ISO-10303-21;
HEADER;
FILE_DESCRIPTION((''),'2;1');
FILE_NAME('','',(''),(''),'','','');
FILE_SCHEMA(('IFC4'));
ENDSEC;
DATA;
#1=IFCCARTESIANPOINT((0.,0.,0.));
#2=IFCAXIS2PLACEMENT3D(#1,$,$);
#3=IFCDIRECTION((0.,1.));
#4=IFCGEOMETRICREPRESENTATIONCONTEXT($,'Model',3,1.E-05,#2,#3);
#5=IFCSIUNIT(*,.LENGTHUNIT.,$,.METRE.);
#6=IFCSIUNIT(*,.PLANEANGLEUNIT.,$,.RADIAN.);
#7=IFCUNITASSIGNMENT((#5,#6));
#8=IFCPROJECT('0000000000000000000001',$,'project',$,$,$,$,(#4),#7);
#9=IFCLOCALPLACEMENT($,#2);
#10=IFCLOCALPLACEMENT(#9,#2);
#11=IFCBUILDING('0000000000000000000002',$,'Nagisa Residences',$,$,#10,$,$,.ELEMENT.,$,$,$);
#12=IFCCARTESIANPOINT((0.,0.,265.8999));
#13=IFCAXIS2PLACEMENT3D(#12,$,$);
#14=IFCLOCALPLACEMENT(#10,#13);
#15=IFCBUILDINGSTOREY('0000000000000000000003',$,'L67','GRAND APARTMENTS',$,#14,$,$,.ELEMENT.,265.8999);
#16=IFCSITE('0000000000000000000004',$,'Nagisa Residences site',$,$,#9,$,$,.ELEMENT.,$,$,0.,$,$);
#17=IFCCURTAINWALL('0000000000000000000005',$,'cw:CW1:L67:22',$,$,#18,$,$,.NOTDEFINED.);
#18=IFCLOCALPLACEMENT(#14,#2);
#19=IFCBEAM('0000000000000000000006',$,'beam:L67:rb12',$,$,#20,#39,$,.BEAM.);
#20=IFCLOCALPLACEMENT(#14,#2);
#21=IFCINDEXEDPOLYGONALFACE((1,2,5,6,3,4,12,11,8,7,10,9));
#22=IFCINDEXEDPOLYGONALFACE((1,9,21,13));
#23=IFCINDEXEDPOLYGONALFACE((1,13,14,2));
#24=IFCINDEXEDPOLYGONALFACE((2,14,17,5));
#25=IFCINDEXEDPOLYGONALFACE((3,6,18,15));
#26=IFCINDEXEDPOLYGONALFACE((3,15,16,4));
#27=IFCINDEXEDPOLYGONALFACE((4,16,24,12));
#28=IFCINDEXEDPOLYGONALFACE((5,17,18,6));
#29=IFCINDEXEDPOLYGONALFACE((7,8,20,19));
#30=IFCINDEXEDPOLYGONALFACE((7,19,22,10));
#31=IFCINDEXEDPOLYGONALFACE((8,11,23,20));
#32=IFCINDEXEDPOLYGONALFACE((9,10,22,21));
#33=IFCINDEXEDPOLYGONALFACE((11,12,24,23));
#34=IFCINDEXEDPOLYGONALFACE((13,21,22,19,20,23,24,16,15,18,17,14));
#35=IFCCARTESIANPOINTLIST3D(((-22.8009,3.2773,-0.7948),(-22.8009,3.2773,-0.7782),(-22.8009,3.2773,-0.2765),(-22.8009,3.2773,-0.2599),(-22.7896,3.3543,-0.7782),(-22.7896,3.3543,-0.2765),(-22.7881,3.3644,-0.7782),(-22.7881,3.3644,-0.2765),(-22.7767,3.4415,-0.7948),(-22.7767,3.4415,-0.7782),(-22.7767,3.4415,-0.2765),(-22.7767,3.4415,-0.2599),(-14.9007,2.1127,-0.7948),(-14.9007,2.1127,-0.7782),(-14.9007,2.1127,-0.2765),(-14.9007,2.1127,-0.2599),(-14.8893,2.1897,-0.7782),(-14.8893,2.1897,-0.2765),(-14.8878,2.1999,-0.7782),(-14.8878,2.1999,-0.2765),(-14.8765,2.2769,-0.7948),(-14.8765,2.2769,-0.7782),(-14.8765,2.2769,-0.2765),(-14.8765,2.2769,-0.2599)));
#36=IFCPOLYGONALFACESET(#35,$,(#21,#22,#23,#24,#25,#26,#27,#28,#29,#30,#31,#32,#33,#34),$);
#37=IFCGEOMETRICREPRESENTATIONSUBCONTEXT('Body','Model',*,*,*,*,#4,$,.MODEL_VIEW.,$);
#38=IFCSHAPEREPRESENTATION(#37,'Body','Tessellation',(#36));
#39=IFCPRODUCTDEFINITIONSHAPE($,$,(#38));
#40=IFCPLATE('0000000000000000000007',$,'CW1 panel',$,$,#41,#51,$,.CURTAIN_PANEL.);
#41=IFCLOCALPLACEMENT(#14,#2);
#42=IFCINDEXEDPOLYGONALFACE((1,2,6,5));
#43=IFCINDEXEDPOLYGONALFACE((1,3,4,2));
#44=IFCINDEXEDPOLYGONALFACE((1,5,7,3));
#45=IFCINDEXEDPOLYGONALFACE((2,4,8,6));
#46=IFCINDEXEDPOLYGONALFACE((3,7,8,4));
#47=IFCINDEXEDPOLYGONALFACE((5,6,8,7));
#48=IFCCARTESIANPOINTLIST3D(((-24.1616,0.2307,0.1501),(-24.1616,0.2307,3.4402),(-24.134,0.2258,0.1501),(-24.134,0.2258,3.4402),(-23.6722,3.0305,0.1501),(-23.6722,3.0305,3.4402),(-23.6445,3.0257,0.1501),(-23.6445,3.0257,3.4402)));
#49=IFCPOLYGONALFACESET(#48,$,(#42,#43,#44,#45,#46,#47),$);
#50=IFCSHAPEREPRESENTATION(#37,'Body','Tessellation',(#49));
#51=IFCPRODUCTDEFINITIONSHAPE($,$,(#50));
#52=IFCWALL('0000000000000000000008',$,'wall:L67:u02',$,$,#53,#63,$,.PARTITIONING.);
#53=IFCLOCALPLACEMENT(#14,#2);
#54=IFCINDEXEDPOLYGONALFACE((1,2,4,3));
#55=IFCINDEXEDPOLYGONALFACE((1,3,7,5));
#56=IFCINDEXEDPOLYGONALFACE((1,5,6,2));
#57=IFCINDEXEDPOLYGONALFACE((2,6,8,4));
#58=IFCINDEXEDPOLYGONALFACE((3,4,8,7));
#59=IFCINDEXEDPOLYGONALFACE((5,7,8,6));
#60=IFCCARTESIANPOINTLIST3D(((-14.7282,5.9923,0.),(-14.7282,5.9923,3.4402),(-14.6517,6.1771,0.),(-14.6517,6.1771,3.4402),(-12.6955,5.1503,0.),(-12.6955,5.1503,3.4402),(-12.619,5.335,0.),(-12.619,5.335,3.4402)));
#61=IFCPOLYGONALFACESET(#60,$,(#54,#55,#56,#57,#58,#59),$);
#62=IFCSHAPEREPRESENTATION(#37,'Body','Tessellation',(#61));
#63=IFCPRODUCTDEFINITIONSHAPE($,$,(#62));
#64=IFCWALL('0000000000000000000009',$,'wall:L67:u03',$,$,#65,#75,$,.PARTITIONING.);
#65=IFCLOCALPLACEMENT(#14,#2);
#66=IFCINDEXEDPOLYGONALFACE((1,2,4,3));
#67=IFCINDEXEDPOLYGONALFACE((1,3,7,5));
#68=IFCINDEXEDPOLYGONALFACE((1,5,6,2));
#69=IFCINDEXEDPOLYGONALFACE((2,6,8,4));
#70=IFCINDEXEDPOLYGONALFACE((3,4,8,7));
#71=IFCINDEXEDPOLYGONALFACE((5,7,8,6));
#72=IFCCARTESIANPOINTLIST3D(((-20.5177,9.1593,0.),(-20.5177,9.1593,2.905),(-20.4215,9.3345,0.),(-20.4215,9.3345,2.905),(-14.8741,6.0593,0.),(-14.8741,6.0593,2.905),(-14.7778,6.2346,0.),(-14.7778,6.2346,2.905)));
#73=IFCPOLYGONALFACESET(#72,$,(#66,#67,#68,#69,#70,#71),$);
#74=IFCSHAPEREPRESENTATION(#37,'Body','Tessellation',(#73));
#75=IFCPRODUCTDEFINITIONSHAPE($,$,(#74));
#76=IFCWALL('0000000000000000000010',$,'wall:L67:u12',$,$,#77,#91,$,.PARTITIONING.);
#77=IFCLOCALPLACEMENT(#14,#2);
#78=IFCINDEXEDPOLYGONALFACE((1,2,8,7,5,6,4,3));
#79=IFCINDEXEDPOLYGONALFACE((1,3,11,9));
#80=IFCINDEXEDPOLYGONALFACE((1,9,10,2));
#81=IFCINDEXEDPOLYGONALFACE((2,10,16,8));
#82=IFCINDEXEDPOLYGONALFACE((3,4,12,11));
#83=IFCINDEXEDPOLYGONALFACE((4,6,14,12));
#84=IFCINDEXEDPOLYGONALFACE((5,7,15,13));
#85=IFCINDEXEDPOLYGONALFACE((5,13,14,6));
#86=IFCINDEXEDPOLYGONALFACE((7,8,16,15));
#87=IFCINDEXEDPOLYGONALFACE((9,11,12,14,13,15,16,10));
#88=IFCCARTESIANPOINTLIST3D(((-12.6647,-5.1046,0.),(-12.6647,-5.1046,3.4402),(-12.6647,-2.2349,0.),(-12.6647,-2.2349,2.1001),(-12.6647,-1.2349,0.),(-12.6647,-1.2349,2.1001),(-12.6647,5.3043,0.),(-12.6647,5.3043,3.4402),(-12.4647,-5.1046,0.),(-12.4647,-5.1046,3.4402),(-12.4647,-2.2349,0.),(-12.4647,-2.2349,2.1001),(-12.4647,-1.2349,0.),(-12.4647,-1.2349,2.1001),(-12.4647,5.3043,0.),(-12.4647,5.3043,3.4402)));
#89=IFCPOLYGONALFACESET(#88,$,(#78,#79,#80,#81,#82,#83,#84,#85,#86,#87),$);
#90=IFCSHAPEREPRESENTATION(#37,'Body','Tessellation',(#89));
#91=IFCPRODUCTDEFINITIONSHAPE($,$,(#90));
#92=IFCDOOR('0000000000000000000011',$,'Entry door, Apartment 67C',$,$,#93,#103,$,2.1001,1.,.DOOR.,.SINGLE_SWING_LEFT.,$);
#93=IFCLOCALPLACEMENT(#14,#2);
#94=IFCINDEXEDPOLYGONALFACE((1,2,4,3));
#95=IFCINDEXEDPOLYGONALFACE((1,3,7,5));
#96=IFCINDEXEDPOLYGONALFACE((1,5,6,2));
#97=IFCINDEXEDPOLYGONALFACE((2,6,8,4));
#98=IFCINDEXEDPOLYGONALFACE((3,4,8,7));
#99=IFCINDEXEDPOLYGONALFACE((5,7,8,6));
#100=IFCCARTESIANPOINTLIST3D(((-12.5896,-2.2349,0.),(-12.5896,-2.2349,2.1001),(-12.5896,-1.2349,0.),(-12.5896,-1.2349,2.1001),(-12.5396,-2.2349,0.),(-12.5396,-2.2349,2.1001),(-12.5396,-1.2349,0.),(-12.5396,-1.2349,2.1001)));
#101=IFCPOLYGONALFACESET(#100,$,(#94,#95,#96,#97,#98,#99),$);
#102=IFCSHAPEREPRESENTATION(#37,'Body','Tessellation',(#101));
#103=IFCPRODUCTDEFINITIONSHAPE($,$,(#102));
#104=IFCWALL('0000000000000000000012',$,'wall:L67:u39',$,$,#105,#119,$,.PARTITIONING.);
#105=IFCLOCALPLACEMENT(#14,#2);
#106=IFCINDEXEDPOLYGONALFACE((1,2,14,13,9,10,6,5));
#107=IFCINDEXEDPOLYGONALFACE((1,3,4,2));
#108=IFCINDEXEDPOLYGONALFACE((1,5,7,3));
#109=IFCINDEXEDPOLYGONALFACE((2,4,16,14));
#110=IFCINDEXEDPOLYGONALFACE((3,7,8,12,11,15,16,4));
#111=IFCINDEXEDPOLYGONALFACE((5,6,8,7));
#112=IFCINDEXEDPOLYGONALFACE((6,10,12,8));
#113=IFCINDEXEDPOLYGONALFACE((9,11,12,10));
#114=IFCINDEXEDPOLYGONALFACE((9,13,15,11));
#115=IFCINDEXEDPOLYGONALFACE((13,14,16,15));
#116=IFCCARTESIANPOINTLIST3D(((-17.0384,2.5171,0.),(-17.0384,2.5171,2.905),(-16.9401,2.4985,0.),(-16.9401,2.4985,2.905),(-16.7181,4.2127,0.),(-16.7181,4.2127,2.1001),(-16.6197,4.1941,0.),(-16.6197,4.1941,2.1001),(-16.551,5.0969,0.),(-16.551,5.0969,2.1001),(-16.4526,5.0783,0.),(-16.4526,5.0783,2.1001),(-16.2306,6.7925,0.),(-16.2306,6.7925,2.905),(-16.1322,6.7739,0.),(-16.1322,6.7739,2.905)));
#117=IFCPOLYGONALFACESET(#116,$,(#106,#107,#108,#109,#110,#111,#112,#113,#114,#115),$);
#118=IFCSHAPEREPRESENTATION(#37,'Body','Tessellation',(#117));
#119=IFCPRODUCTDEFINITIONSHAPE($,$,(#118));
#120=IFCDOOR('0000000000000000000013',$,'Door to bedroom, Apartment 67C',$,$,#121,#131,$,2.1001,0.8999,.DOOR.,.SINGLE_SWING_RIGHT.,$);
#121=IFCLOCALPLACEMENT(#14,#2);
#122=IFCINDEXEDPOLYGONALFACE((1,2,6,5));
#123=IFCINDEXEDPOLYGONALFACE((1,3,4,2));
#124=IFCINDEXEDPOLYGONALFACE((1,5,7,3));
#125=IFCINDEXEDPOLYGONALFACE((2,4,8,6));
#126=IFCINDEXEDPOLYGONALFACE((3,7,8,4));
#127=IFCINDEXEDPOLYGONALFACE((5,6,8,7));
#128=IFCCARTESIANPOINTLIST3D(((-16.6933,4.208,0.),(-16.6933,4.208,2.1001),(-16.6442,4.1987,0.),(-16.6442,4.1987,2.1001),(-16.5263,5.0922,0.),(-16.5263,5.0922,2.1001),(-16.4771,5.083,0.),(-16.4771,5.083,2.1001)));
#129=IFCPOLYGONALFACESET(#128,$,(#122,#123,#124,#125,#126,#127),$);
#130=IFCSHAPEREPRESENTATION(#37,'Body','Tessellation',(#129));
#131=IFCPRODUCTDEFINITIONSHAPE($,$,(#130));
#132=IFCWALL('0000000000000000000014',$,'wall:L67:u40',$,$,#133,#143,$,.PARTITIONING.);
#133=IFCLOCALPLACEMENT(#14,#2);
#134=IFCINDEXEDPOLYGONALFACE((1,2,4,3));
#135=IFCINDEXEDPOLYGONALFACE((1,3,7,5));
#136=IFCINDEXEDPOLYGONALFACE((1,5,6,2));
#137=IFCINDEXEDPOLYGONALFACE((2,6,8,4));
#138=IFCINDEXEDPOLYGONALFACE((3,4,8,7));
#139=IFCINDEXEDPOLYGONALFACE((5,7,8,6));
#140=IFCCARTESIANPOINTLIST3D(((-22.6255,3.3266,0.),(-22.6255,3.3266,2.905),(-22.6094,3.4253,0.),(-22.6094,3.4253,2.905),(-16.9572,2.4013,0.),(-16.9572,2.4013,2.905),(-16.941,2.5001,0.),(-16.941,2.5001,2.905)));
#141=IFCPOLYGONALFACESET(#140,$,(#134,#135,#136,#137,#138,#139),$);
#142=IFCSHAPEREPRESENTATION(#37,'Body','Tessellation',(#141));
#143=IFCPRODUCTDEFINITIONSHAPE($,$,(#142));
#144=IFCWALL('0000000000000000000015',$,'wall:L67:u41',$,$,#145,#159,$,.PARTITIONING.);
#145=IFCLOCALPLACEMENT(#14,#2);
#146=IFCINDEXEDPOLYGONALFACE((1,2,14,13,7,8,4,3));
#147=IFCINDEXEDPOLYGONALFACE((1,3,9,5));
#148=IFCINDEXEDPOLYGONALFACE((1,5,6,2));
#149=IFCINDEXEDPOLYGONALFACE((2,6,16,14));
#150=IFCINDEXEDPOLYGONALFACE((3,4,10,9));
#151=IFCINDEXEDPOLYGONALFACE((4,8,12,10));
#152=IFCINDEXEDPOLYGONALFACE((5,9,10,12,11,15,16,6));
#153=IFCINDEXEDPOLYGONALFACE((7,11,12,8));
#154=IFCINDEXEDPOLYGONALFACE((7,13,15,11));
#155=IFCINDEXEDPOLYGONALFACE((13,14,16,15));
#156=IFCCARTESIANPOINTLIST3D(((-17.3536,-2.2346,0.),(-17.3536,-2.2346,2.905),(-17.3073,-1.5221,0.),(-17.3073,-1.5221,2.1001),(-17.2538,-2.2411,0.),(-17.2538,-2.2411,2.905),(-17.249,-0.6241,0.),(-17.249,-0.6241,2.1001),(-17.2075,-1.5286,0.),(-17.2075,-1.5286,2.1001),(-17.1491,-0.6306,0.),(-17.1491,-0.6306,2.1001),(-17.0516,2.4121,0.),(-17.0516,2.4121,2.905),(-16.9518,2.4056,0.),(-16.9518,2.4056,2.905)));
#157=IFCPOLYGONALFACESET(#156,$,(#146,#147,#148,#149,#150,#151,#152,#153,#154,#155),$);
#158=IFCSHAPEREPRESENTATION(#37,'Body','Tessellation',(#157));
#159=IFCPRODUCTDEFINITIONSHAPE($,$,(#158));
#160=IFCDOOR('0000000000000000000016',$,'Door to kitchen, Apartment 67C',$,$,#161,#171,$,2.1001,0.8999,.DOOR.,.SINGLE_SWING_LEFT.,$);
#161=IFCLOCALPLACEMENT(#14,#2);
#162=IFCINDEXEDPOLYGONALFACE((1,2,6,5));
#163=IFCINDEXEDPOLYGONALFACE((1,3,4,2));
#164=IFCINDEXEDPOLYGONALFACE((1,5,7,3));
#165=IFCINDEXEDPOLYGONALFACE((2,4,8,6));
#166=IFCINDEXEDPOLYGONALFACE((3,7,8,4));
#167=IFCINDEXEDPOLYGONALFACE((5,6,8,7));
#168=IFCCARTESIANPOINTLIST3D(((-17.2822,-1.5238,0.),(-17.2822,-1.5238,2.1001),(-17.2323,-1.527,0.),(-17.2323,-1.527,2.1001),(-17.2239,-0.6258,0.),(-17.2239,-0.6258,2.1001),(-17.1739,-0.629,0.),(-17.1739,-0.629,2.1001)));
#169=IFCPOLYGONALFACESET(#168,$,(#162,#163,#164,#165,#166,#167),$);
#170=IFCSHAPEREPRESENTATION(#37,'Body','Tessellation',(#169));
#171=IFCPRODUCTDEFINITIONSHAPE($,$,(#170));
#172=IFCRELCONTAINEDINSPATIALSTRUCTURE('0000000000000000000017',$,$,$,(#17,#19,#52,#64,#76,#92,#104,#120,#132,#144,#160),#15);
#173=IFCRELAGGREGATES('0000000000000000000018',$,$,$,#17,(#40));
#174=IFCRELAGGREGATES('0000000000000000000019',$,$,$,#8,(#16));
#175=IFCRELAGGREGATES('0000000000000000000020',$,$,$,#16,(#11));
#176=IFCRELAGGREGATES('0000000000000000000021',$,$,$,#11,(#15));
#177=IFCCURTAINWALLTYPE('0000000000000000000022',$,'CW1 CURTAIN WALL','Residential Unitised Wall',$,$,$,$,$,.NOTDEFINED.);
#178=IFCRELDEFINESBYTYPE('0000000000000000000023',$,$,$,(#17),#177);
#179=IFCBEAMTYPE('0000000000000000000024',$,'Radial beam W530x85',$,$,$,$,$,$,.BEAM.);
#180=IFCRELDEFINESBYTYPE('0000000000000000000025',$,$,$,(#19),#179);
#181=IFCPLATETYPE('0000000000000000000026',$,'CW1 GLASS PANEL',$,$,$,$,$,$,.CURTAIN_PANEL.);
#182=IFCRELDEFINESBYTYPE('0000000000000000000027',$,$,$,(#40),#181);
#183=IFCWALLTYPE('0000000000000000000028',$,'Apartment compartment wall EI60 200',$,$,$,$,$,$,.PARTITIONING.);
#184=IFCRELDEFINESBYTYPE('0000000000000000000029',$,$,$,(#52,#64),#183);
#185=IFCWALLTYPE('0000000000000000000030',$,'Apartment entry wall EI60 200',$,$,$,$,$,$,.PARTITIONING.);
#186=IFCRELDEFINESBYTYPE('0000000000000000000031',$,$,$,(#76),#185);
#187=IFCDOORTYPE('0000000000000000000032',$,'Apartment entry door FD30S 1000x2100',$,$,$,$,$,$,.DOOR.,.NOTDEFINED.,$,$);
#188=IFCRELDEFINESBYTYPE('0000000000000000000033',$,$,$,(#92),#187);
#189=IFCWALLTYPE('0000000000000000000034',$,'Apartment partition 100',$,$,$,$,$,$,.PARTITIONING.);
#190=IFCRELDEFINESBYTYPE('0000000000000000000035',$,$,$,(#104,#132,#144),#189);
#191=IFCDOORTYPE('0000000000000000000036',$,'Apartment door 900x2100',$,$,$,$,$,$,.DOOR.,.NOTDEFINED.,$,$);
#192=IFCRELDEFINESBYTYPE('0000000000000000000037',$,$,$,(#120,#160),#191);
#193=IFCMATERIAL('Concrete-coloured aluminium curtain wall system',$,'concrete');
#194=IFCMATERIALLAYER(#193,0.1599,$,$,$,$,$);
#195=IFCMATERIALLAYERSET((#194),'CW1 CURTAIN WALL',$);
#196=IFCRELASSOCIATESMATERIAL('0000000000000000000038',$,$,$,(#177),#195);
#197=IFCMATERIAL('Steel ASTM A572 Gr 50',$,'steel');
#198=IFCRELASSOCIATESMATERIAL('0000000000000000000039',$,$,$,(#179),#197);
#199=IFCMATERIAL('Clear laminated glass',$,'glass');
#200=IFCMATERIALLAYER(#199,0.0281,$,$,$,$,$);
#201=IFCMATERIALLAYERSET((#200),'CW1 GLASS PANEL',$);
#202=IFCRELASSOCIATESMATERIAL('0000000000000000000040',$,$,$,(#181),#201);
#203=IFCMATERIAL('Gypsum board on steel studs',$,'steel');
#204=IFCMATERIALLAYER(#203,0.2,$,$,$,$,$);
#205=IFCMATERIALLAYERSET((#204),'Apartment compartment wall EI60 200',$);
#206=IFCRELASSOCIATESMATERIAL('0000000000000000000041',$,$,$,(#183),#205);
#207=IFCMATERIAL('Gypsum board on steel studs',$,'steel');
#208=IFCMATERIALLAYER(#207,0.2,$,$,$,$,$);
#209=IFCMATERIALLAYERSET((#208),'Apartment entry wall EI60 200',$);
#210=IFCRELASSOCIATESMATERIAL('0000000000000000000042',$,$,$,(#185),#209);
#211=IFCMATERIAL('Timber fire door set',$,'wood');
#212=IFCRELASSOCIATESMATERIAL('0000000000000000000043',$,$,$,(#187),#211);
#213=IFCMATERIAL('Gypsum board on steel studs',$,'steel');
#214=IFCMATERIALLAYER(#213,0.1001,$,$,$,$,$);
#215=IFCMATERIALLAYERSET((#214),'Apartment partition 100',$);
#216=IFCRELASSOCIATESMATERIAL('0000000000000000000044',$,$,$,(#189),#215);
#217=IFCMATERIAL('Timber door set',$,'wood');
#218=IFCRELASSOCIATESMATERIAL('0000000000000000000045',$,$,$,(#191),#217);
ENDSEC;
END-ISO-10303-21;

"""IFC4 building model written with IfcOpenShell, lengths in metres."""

from ifc_helpers import new_model, si_unit, direction, frame, frame_2d, origin, origin_2d, place, context, subcontext, project, spatial, rectangle, i_section, extrude, material, layer, layer_set, material_profile, profile_set, type_object, element, fill, aggregate, save


model = new_model("IFC4")

# Units and contexts
model_context = context("Model", 3, precision=1e-05, world=origin(), true_north=direction((0.0, 1.0)))
body_context = subcontext(model_context, "Body", "Model", "MODEL_VIEW")
ifc_project = project(units=[si_unit("LENGTHUNIT", "METRE"), si_unit("PLANEANGLEUNIT", "RADIAN")], contexts=[model_context])

# Site, building, storey
site_placement = place(None, origin())
site = spatial("IfcSite", under=ifc_project, at=site_placement, Name="Nagisa Residences site", CompositionType="ELEMENT", RefElevation=0.0)
building_placement = place(site_placement, origin())
building = spatial("IfcBuilding", under=site, at=building_placement, Name="Nagisa Residences", CompositionType="ELEMENT")
storey_placement = place(building_placement, frame((0.0, 0.0, 265.8999)))
storey = spatial("IfcBuildingStorey", under=building, at=storey_placement, Name="L67", Description="GRAND APARTMENTS", CompositionType="ELEMENT", Elevation=265.8999)

# Curtain wall
ifc_material_1 = material(Name="Concrete-coloured aluminium curtain wall system", Category="concrete")
ifc_layer_1 = layer(ifc_material_1, 0.1599)
ifc_layer_set_1 = layer_set([ifc_layer_1], Name="CW1 CURTAIN WALL")
curtain_wall_type = type_object("IfcCurtainWallType", Name="CW1 CURTAIN WALL", Description="Residential Unitised Wall", PredefinedType="NOTDEFINED", material=ifc_layer_set_1)
curtain_wall_1_placement = place(storey_placement, origin())
curtain_wall_1 = element("IfcCurtainWall", 1, at=curtain_wall_1_placement, inside=storey, type_object=curtain_wall_type, Name="cw:CW1:L67:22", PredefinedType="NOTDEFINED")

# Beam
ifc_material_2 = material(Name="Steel ASTM A572 Gr 50", Category="steel")
ifc_material_profile_1 = material_profile(ifc_material_2, i_section(OverallWidth=0.166, OverallDepth=0.5349, WebThickness=0.0103, FlangeThickness=0.0166, at=origin_2d()), Name="W530x85")
ifc_profile_set_1 = profile_set([ifc_material_profile_1], Name="Steel ASTM A572 Gr 50")
beam_type_1 = type_object("IfcBeamType", Name="Radial beam W530x85", PredefinedType="BEAM", material=ifc_profile_set_1)
beam_1_placement = place(storey_placement, frame((-22.7888, 3.3594, -0.5273), z_axis=(0.989309, -0.145833, 0.0), x_axis=(0.145833, 0.989309, 0.0)))
element("IfcBeam", 2, at=beam_1_placement, inside=storey, type_object=beam_type_1, Name="beam:L67:rb12", PredefinedType="BEAM", context=body_context, shape_type="SweptSolid", body=[
    extrude(i_section(OverallWidth=0.166, OverallDepth=0.5349, WebThickness=0.0103, FlangeThickness=0.0166, at=origin_2d()), origin(), (0.0, 0.0, 1.0), 7.9856),
])

# Plate
ifc_material_3 = material(Name="Clear laminated glass", Category="glass")
ifc_layer_2 = layer(ifc_material_3, 0.0281)
ifc_layer_set_2 = layer_set([ifc_layer_2], Name="CW1 GLASS PANEL")
plate_type = type_object("IfcPlateType", Name="CW1 GLASS PANEL", PredefinedType="CURTAIN_PANEL", material=ifc_layer_set_2)
plate_placement = place(storey_placement, frame((-23.9031, 1.6282, 0.1501), z_axis=(0.0, 0.0, 1.0), x_axis=(-0.172191, -0.985064, 0.0)))
plate = element("IfcPlate", 3, at=plate_placement, type_object=plate_type, Name="CW1 panel", PredefinedType="CURTAIN_PANEL", context=body_context, shape_type="SweptSolid", body=[
    extrude(rectangle(XDim=2.8423, YDim=0.0281, at=origin_2d()), origin(), (0.0, 0.0, 1.0), 3.29),
])
aggregate(curtain_wall_1, [plate])

# Walls
ifc_material_4 = material(Name="Gypsum board on steel studs", Category="steel")
ifc_layer_3 = layer(ifc_material_4, 0.2)
ifc_layer_set_3 = layer_set([ifc_layer_3], Name="Apartment compartment wall EI60 200")
wall_type_1 = type_object("IfcWallType", Name="Apartment compartment wall EI60 200", PredefinedType="PARTITIONING", material=ifc_layer_set_3)
wall_1_placement = place(storey_placement, frame((-12.6572, 5.2427, 0.0), z_axis=(0.0, 0.0, 1.0), x_axis=(-0.923869, 0.382708, 0.0)))
element("IfcWall", 4, at=wall_1_placement, inside=storey, type_object=wall_type_1, Name="wall:L67:u02", PredefinedType="PARTITIONING", context=body_context, shape_type="SweptSolid", body=[
    extrude(rectangle(XDim=2.2002, YDim=0.2, at=frame_2d((1.1001, 0.0))), origin(), (0.0, 0.0, 1.0), 3.4402),
])
wall_2_placement = place(storey_placement, frame((-14.8259, 6.147, 0.0), z_axis=(0.0, 0.0, 1.0), x_axis=(-0.876485, 0.48143, 0.0)))
element("IfcWall", 5, at=wall_2_placement, inside=storey, type_object=wall_type_1, Name="wall:L67:u03", PredefinedType="PARTITIONING", context=body_context, shape_type="SweptSolid", body=[
    extrude(rectangle(XDim=6.439, YDim=0.2, at=frame_2d((3.2195, 0.0))), origin(), (0.0, 0.0, 1.0), 2.905),
])

# Walls, openings, doors
ifc_material_5 = material(Name="Gypsum board on steel studs", Category="steel")
ifc_layer_4 = layer(ifc_material_5, 0.2)
ifc_layer_set_4 = layer_set([ifc_layer_4], Name="Apartment entry wall EI60 200")
wall_type_2 = type_object("IfcWallType", Name="Apartment entry wall EI60 200", PredefinedType="PARTITIONING", material=ifc_layer_set_4)
wall_3_placement = place(storey_placement, frame((-12.5647, 5.3044, 0.0), z_axis=(0.0, 0.0, 1.0), x_axis=(0.0, -1.0, 0.0)))
wall_3 = element("IfcWall", 6, at=wall_3_placement, inside=storey, type_object=wall_type_2, Name="wall:L67:u12", PredefinedType="PARTITIONING", context=body_context, shape_type="SweptSolid", body=[
    extrude(rectangle(XDim=10.4089, YDim=0.2, at=frame_2d((5.2046, 0.0))), origin(), (0.0, 0.0, 1.0), 3.4402),
])
opening_1_placement = place(wall_3_placement, frame((6.5393, 0.0, 0.0)))
opening_1 = element("IfcOpeningElement", 7, at=opening_1_placement, cuts=wall_3, PredefinedType="OPENING", context=body_context, shape_type="SweptSolid", body=[
    extrude(rectangle(XDim=1.0, YDim=2.1001, at=frame_2d((0.5, 1.05))), frame((0.0, 0.1099, 0.0), z_axis=(0.0, -1.0, 0.0), x_axis=(1.0, 0.0, 0.0)), (0.0, 0.0, 1.0), 0.22),
])
ifc_material_6 = material(Name="Timber fire door set", Category="wood")
door_type_1 = type_object("IfcDoorType", Name="Apartment entry door FD30S 1000x2100", OperationType="NOTDEFINED", PredefinedType="DOOR", material=ifc_material_6)
door_1_placement = place(opening_1_placement, frame((1.0, 0.0, 0.0), x_axis=(-1.0, 0.0, 0.0)))
door_1 = element("IfcDoor", 8, at=door_1_placement, inside=storey, type_object=door_type_1, Name="Entry door, Apartment 67C", OperationType="SINGLE_SWING_LEFT", OverallHeight=2.1001, OverallWidth=1.0, PredefinedType="DOOR", context=body_context, shape_type="SweptSolid", body=[
    extrude(rectangle(XDim=1.0, YDim=2.1001, at=frame_2d((0.5, 1.05))), frame((0.0, 0.0249, 0.0), z_axis=(0.0, -1.0, 0.0), x_axis=(1.0, 0.0, 0.0)), (0.0, 0.0, 1.0), 0.05),
])
fill(opening_1, door_1)
ifc_material_7 = material(Name="Gypsum board on steel studs", Category="steel")
ifc_layer_5 = layer(ifc_material_7, 0.1001)
ifc_layer_set_5 = layer_set([ifc_layer_5], Name="Apartment partition 100")
wall_type_3 = type_object("IfcWallType", Name="Apartment partition 100", PredefinedType="PARTITIONING", material=ifc_layer_set_5)
wall_4_placement = place(storey_placement, frame((-16.1814, 6.7832, 0.0), z_axis=(0.0, 0.0, 1.0), x_axis=(-0.185671, -0.982612, 0.0)))
wall_4 = element("IfcWall", 9, at=wall_4_placement, inside=storey, type_object=wall_type_3, Name="wall:L67:u39", PredefinedType="PARTITIONING", context=body_context, shape_type="SweptSolid", body=[
    extrude(rectangle(XDim=4.3511, YDim=0.1001, at=frame_2d((2.1755, 0.0))), origin(), (0.0, 0.0, 1.0), 2.905),
])
opening_2_placement = place(wall_4_placement, frame((1.7256, 0.0, 0.0)))
opening_2 = element("IfcOpeningElement", 10, at=opening_2_placement, cuts=wall_4, PredefinedType="OPENING", context=body_context, shape_type="SweptSolid", body=[
    extrude(rectangle(XDim=0.8999, YDim=2.1001, at=frame_2d((0.45, 1.05))), frame((0.0, 0.0601, 0.0), z_axis=(0.0, -1.0, 0.0), x_axis=(1.0, 0.0, 0.0)), (0.0, 0.0, 1.0), 0.1201),
])
ifc_material_8 = material(Name="Timber door set", Category="wood")
door_type_2 = type_object("IfcDoorType", Name="Apartment door 900x2100", OperationType="NOTDEFINED", PredefinedType="DOOR", material=ifc_material_8)
door_2_placement = place(opening_2_placement, frame((0.8999, 0.0, 0.0), x_axis=(-1.0, 0.0, 0.0)))
door_2 = element("IfcDoor", 11, at=door_2_placement, inside=storey, type_object=door_type_2, Name="Door to bedroom, Apartment 67C", OperationType="SINGLE_SWING_RIGHT", OverallHeight=2.1001, OverallWidth=0.8999, PredefinedType="DOOR", context=body_context, shape_type="SweptSolid", body=[
    extrude(rectangle(XDim=0.8999, YDim=2.1001, at=frame_2d((0.45, 1.05))), frame((0.0, 0.0249, 0.0), z_axis=(0.0, -1.0, 0.0), x_axis=(1.0, 0.0, 0.0)), (0.0, 0.0, 1.0), 0.05),
])
fill(opening_2, door_2)

# Wall
wall_5_placement = place(storey_placement, frame((-16.9492, 2.4507, 0.0), z_axis=(0.0, 0.0, 1.0), x_axis=(-0.986938, 0.161103, 0.0)))
element("IfcWall", 12, at=wall_5_placement, inside=storey, type_object=wall_type_3, Name="wall:L67:u40", PredefinedType="PARTITIONING", context=body_context, shape_type="SweptSolid", body=[
    extrude(rectangle(XDim=5.7434, YDim=0.1001, at=frame_2d((2.8716, 0.0))), origin(), (0.0, 0.0, 1.0), 2.905),
])

# Wall, opening, door
wall_6_placement = place(storey_placement, frame((-17.0017, 2.4087, 0.0), z_axis=(0.0, 0.0, 1.0), x_axis=(-0.064856, -0.997895, 0.0)))
wall_6 = element("IfcWall", 13, at=wall_6_placement, inside=storey, type_object=wall_type_3, Name="wall:L67:u41", PredefinedType="PARTITIONING", context=body_context, shape_type="SweptSolid", body=[
    extrude(rectangle(XDim=4.6565, YDim=0.1001, at=frame_2d((2.3281, 0.0))), origin(), (0.0, 0.0, 1.0), 2.905),
])
opening_3_placement = place(wall_6_placement, frame((3.0425, 0.0, 0.0)))
opening_3 = element("IfcOpeningElement", 14, at=opening_3_placement, cuts=wall_6, PredefinedType="OPENING", context=body_context, shape_type="SweptSolid", body=[
    extrude(rectangle(XDim=0.8999, YDim=2.1001, at=frame_2d((0.45, 1.05))), frame((0.0, 0.0601, 0.0), z_axis=(0.0, -1.0, 0.0), x_axis=(1.0, 0.0, 0.0)), (0.0, 0.0, 1.0), 0.1201),
])
door_3_placement = place(opening_3_placement, frame((0.8999, 0.0, 0.0), x_axis=(-1.0, 0.0, 0.0)))
door_3 = element("IfcDoor", 15, at=door_3_placement, inside=storey, type_object=door_type_2, Name="Door to kitchen, Apartment 67C", OperationType="SINGLE_SWING_LEFT", OverallHeight=2.1001, OverallWidth=0.8999, PredefinedType="DOOR", context=body_context, shape_type="SweptSolid", body=[
    extrude(rectangle(XDim=0.8999, YDim=2.1001, at=frame_2d((0.45, 1.05))), frame((0.0, 0.0249, 0.0), z_axis=(0.0, -1.0, 0.0), x_axis=(1.0, 0.0, 0.0)), (0.0, 0.0, 1.0), 0.05),
])
fill(opening_3, door_3)

save(model, "model.ifc")
